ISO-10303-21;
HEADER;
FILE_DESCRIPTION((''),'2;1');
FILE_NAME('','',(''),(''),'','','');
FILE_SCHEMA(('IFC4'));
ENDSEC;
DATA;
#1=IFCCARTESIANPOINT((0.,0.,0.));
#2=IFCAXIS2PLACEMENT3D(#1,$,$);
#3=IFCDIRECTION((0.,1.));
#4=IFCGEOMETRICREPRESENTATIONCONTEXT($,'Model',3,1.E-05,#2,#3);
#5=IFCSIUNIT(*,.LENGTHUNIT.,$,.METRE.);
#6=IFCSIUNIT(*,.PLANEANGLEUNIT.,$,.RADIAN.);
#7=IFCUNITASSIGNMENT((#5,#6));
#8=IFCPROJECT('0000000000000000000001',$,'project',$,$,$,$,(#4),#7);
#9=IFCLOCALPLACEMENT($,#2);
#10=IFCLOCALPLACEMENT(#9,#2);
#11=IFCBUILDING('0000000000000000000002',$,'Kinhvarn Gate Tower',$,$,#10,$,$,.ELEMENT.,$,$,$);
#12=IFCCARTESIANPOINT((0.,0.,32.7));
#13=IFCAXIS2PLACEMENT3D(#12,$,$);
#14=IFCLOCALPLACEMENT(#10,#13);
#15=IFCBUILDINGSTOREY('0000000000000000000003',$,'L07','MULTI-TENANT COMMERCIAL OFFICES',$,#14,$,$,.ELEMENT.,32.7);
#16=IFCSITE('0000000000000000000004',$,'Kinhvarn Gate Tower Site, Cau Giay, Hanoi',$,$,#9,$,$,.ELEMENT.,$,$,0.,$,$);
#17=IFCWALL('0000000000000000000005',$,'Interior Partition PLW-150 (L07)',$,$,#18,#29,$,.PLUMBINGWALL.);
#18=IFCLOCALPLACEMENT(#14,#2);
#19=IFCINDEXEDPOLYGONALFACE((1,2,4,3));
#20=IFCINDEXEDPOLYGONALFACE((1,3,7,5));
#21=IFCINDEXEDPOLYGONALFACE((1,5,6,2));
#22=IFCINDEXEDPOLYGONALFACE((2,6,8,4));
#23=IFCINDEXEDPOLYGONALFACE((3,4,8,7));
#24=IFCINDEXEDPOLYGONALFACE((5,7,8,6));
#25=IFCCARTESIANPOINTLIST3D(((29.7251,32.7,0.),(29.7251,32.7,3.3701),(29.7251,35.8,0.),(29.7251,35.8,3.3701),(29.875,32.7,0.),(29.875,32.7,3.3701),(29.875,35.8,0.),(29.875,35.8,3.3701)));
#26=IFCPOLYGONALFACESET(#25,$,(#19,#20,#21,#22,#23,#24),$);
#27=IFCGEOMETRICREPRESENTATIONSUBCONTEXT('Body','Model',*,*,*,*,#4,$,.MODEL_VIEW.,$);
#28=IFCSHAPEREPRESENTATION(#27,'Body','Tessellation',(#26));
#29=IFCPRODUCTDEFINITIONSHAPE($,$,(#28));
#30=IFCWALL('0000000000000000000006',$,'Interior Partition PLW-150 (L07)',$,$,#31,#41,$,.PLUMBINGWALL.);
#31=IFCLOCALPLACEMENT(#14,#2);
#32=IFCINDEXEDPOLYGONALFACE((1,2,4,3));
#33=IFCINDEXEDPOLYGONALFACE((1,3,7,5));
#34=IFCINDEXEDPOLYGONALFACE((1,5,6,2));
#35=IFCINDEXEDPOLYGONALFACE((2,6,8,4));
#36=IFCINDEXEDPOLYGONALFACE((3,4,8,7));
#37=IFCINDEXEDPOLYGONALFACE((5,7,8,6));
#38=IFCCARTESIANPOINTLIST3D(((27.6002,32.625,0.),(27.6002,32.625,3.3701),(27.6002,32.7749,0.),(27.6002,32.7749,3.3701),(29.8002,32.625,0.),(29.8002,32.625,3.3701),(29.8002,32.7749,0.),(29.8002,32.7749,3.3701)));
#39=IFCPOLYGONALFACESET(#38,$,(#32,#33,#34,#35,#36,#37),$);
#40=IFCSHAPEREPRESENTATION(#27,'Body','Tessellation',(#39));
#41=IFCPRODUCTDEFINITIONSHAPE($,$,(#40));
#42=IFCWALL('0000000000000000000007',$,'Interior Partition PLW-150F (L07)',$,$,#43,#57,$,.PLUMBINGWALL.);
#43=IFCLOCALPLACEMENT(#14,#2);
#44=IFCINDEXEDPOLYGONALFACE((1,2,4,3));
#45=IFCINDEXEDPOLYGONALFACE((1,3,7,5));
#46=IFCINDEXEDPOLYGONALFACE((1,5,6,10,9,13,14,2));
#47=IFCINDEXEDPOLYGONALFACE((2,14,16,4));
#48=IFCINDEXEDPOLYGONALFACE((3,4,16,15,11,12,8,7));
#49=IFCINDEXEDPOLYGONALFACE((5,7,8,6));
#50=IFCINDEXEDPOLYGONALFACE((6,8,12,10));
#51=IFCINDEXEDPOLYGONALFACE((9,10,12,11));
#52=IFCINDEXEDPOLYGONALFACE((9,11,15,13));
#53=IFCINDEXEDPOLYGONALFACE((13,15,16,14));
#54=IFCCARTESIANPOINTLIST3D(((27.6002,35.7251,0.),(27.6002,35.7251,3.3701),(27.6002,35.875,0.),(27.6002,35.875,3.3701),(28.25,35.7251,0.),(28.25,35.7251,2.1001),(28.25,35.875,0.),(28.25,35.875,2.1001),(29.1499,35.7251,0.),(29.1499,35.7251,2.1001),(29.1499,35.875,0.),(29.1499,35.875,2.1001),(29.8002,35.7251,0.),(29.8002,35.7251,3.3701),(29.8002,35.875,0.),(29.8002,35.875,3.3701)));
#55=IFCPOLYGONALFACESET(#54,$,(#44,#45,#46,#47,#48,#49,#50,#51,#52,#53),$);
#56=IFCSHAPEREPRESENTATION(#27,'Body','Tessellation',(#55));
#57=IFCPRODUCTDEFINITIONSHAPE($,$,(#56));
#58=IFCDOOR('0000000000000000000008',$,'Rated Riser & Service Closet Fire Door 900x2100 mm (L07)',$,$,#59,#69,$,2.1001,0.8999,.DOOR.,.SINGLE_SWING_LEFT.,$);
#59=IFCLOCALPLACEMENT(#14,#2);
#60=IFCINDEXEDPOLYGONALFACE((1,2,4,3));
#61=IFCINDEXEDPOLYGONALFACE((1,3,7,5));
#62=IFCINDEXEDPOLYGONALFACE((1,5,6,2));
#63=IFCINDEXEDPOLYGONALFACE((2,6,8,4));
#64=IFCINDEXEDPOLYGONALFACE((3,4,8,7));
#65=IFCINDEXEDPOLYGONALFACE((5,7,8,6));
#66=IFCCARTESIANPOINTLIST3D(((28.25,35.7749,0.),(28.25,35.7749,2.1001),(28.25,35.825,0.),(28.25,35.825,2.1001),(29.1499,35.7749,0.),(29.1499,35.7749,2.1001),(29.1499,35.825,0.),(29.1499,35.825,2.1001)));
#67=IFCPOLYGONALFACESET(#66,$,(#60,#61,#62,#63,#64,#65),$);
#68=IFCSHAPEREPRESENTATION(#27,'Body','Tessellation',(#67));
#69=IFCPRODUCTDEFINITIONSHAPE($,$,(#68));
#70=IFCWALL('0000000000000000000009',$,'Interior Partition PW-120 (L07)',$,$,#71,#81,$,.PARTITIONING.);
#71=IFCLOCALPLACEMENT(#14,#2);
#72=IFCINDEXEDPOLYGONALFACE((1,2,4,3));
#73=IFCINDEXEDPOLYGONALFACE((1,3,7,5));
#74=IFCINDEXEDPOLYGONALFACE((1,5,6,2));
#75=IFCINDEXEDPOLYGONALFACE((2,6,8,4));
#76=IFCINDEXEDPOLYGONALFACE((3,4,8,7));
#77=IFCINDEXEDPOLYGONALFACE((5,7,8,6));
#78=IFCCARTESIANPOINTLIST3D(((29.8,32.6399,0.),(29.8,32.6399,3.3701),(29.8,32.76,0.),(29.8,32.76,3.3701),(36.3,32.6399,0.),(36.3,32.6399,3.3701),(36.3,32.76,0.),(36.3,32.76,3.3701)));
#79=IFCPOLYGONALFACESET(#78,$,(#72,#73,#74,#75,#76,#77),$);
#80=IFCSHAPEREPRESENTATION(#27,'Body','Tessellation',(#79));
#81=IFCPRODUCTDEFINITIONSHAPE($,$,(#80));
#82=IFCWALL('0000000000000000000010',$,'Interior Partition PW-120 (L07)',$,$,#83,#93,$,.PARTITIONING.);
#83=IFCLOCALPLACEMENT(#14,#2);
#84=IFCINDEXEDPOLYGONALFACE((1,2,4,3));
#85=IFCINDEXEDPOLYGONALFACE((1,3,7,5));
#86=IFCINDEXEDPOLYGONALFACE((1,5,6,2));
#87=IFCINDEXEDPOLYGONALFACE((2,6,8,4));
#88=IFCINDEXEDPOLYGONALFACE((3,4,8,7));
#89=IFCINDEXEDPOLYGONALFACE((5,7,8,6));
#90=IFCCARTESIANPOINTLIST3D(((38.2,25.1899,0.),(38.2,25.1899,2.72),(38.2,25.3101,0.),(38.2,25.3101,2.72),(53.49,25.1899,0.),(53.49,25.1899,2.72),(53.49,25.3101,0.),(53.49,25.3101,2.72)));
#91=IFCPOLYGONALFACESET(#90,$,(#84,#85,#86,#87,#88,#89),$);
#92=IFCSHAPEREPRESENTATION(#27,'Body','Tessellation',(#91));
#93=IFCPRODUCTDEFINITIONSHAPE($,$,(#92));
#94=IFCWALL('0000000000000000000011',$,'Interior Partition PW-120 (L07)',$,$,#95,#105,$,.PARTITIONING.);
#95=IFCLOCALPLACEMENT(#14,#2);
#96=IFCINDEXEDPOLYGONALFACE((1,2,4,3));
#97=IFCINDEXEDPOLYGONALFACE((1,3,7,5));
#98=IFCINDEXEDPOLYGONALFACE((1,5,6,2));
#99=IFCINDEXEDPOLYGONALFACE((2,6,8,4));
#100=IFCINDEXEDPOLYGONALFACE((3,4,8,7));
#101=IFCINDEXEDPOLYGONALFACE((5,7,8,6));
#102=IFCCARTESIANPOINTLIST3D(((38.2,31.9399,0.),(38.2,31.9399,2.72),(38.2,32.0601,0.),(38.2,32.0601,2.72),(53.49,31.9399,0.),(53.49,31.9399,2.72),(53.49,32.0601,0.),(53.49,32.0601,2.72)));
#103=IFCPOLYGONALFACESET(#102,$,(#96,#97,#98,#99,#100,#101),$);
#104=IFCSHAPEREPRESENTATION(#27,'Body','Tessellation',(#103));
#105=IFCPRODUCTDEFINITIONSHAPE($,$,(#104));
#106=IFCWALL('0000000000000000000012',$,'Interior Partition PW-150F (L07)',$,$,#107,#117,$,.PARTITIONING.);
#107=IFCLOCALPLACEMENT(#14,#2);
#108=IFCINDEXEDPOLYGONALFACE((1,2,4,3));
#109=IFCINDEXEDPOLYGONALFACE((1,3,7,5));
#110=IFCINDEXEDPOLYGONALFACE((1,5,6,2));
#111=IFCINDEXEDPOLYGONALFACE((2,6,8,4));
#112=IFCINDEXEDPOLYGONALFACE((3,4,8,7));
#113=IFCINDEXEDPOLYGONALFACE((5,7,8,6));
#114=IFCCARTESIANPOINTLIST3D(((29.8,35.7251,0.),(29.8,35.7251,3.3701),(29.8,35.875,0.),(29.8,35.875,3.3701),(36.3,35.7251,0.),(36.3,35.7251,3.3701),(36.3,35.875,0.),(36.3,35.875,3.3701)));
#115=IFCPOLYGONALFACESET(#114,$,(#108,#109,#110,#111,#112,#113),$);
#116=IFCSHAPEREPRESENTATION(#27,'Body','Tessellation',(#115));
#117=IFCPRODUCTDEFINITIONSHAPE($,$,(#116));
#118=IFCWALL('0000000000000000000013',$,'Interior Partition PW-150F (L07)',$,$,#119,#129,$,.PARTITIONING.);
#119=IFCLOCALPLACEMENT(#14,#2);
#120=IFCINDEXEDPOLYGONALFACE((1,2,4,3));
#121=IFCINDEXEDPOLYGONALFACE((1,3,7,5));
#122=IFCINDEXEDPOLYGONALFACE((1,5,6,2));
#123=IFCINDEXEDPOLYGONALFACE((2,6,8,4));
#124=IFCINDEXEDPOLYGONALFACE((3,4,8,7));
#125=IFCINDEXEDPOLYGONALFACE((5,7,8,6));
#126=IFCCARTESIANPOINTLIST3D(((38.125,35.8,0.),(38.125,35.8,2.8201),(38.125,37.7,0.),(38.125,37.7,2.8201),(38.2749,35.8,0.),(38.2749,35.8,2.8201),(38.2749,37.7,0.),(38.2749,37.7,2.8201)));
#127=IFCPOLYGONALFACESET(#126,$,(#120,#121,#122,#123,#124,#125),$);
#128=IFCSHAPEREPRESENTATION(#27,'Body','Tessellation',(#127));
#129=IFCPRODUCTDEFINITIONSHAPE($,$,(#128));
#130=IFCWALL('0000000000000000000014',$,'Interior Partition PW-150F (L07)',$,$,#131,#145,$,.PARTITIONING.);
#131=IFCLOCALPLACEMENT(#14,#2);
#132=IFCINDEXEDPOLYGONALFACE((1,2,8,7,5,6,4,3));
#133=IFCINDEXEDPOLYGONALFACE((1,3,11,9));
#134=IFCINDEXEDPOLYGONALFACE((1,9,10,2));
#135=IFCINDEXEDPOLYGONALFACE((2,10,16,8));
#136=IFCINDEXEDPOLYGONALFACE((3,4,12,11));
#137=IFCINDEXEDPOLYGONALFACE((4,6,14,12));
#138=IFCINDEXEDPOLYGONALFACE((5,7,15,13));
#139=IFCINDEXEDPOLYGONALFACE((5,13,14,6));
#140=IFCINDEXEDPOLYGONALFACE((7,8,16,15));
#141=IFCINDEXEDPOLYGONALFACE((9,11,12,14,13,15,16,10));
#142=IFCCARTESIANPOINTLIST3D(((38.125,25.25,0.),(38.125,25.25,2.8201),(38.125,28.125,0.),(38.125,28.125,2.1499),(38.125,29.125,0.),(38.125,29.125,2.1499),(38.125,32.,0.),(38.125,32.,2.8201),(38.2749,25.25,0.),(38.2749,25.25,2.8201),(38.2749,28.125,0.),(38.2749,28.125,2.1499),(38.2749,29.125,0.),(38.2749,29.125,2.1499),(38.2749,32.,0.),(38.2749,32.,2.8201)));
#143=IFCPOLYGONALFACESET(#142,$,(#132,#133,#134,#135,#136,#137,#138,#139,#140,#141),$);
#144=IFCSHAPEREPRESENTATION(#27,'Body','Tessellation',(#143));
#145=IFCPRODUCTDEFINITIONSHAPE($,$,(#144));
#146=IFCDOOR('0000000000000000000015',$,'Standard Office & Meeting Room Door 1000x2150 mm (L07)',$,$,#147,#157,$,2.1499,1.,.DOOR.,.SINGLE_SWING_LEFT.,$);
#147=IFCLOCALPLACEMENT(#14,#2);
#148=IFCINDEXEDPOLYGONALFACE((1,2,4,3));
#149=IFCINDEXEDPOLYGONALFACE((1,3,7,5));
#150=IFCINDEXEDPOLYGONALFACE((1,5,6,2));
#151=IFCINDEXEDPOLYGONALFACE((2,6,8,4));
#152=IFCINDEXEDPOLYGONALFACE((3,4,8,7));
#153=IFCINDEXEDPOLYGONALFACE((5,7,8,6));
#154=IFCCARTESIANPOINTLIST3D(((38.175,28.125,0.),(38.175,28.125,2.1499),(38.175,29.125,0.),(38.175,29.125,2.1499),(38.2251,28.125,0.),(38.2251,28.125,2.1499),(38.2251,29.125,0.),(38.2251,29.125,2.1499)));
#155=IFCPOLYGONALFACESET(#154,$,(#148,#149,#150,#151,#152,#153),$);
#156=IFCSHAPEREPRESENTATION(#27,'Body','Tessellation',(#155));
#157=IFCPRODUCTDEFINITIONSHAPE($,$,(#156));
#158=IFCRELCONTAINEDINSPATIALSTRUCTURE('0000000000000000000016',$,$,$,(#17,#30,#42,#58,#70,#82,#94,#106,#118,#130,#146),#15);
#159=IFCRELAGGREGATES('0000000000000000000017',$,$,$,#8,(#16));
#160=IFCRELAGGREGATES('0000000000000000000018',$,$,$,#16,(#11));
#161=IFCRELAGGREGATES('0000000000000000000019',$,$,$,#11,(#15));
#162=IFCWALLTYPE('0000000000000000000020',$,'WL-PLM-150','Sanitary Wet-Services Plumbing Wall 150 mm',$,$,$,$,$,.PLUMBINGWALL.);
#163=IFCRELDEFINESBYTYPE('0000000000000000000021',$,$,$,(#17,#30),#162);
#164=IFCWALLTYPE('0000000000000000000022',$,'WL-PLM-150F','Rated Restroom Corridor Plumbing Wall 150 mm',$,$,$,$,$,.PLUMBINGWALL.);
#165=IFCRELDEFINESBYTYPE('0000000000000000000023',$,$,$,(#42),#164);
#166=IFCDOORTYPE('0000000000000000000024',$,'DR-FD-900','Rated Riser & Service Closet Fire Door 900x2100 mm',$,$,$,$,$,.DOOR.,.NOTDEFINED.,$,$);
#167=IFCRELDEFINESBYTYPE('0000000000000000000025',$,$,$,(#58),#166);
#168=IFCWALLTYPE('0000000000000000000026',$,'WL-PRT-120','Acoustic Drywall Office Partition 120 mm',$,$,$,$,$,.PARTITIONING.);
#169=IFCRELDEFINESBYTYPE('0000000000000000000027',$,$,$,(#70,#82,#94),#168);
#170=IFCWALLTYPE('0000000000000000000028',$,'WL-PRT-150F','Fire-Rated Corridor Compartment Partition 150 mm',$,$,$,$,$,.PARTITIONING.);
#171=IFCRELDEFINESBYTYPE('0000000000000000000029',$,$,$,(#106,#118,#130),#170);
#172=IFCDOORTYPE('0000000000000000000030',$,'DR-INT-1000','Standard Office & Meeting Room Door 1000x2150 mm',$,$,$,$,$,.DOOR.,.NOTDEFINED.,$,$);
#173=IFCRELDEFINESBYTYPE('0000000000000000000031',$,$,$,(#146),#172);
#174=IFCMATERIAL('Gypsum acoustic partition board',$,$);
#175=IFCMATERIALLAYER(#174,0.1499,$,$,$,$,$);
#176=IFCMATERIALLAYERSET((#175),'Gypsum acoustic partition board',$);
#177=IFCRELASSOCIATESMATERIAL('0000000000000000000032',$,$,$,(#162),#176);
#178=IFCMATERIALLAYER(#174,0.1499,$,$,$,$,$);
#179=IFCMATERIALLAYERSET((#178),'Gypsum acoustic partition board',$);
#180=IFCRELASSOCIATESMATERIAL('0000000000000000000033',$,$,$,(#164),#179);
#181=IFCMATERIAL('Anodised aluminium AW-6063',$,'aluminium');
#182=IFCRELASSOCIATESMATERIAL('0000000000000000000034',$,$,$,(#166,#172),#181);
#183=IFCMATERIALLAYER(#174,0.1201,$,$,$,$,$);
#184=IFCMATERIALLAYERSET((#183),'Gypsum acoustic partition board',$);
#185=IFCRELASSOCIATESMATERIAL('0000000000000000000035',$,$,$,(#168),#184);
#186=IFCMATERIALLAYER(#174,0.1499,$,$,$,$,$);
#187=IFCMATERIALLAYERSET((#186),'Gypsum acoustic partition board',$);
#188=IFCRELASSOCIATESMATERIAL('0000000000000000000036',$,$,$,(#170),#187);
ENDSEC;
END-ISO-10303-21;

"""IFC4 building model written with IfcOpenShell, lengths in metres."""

from ifc_helpers import new_model, si_unit, direction, frame, frame_2d, origin, place, context, subcontext, project, spatial, rectangle, extrude, material, layer, layer_set, type_object, element, fill, save


model = new_model("IFC4")

# Units and contexts
model_context = context("Model", 3, precision=1e-05, world=origin(), true_north=direction((0.0, 1.0)))
body_context = subcontext(model_context, "Body", "Model", "MODEL_VIEW")
ifc_project = project(units=[si_unit("LENGTHUNIT", "METRE"), si_unit("PLANEANGLEUNIT", "RADIAN")], contexts=[model_context])

# Site, building, storey
site_placement = place(None, origin())
site = spatial("IfcSite", under=ifc_project, at=site_placement, Name="Kinhvarn Gate Tower Site, Cau Giay, Hanoi", CompositionType="ELEMENT", RefElevation=0.0)
building_placement = place(site_placement, origin())
building = spatial("IfcBuilding", under=site, at=building_placement, Name="Kinhvarn Gate Tower", CompositionType="ELEMENT")
storey_placement = place(building_placement, frame((0.0, 0.0, 32.7)))
storey = spatial("IfcBuildingStorey", under=building, at=storey_placement, Name="L07", Description="MULTI-TENANT COMMERCIAL OFFICES", CompositionType="ELEMENT", Elevation=32.7)

# Walls
ifc_material_1 = material(Name="Gypsum acoustic partition board")
ifc_layer_1 = layer(ifc_material_1, 0.1499)
ifc_layer_set_1 = layer_set([ifc_layer_1], Name="Gypsum acoustic partition board")
wall_type_1 = type_object("IfcWallType", Name="WL-PLM-150", Description="Sanitary Wet-Services Plumbing Wall 150 mm", PredefinedType="PLUMBINGWALL", material=ifc_layer_set_1)
for number, where, z_axis, x_axis, name in (
    (1, (29.8, 32.7, 0.0), (0.0, 0.0, 1.0), (0.0, 1.0, 0.0), "Interior Partition PLW-150 (L07)"),
):
    element("IfcWall", number, at=place(storey_placement, frame(where, z_axis=z_axis, x_axis=x_axis)), inside=storey, type_object=wall_type_1, Name=name, PredefinedType="PLUMBINGWALL", context=body_context, shape_type="SweptSolid", body=[
        extrude(rectangle(XDim=3.1001, YDim=0.1499, at=frame_2d((1.55, 0.0))), origin(), (0.0, 0.0, 1.0), 3.3701),
    ])
wall_1_placement = place(storey_placement, frame((27.6001, 32.7, 0.0), z_axis=(0.0, 0.0, 1.0), x_axis=(1.0, 0.0, 0.0)))
element("IfcWall", 2, at=wall_1_placement, inside=storey, type_object=wall_type_1, Name="Interior Partition PLW-150 (L07)", PredefinedType="PLUMBINGWALL", context=body_context, shape_type="SweptSolid", body=[
    extrude(rectangle(XDim=2.2, YDim=0.1499, at=frame_2d((1.1001, 0.0))), origin(), (0.0, 0.0, 1.0), 3.3701),
])

# Wall, opening, door
ifc_layer_2 = layer(ifc_material_1, 0.1499)
ifc_layer_set_2 = layer_set([ifc_layer_2], Name="Gypsum acoustic partition board")
wall_type_2 = type_object("IfcWallType", Name="WL-PLM-150F", Description="Rated Restroom Corridor Plumbing Wall 150 mm", PredefinedType="PLUMBINGWALL", material=ifc_layer_set_2)
wall_2_placement = place(storey_placement, frame((27.6001, 35.8, 0.0), z_axis=(0.0, 0.0, 1.0), x_axis=(1.0, 0.0, 0.0)))
wall_2 = element("IfcWall", 3, at=wall_2_placement, inside=storey, type_object=wall_type_2, Name="Interior Partition PLW-150F (L07)", PredefinedType="PLUMBINGWALL", context=body_context, shape_type="SweptSolid", body=[
    extrude(rectangle(XDim=2.2, YDim=0.1499, at=frame_2d((1.1001, 0.0))), origin(), (0.0, 0.0, 1.0), 3.3701),
])
opening_1_placement = place(wall_2_placement, frame((0.6499, 0.0, 0.0)))
opening_1 = element("IfcOpeningElement", 4, at=opening_1_placement, cuts=wall_2, PredefinedType="OPENING", context=body_context, shape_type="SweptSolid", body=[
    extrude(rectangle(XDim=0.8999, YDim=2.1001, at=frame_2d((0.45, 1.05))), frame((0.0, 0.085, 0.0), z_axis=(0.0, -1.0, 0.0), x_axis=(1.0, 0.0, 0.0)), (0.0, 0.0, 1.0), 0.1699),
])
ifc_material_2 = material(Name="Anodised aluminium AW-6063", Category="aluminium")
door_type_1 = type_object("IfcDoorType", Name="DR-FD-900", Description="Rated Riser & Service Closet Fire Door 900x2100 mm", OperationType="NOTDEFINED", PredefinedType="DOOR", material=ifc_material_2)
door_1_placement = place(opening_1_placement, origin())
door_1 = element("IfcDoor", 5, at=door_1_placement, inside=storey, type_object=door_type_1, Name="Rated Riser & Service Closet Fire Door 900x2100 mm (L07)", OperationType="SINGLE_SWING_LEFT", OverallHeight=2.1001, OverallWidth=0.8999, PredefinedType="DOOR", context=body_context, shape_type="SweptSolid", body=[
    extrude(rectangle(XDim=0.8999, YDim=2.1001, at=frame_2d((0.45, 1.05))), frame((0.0, 0.0249, 0.0), z_axis=(0.0, -1.0, 0.0), x_axis=(1.0, 0.0, 0.0)), (0.0, 0.0, 1.0), 0.05),
])
fill(opening_1, door_1)

# Walls
ifc_layer_3 = layer(ifc_material_1, 0.1201)
ifc_layer_set_3 = layer_set([ifc_layer_3], Name="Gypsum acoustic partition board")
wall_type_3 = type_object("IfcWallType", Name="WL-PRT-120", Description="Acoustic Drywall Office Partition 120 mm", PredefinedType="PARTITIONING", material=ifc_layer_set_3)
wall_3_placement = place(storey_placement, frame((29.8, 32.7, 0.0), z_axis=(0.0, 0.0, 1.0), x_axis=(1.0, 0.0, 0.0)))
element("IfcWall", 6, at=wall_3_placement, inside=storey, type_object=wall_type_3, Name="Interior Partition PW-120 (L07)", PredefinedType="PARTITIONING", context=body_context, shape_type="SweptSolid", body=[
    extrude(rectangle(XDim=6.5, YDim=0.1201, at=frame_2d((3.25, 0.0))), origin(), (0.0, 0.0, 1.0), 3.3701),
])
for number, where, z_axis, x_axis, name in (
    (7, (38.2, 25.25, 0.0), (0.0, 0.0, 1.0), (1.0, 0.0, 0.0), "Interior Partition PW-120 (L07)"),
    (8, (38.2, 32.0, 0.0), (0.0, 0.0, 1.0), (1.0, 0.0, 0.0), "Interior Partition PW-120 (L07)"),
):
    element("IfcWall", number, at=place(storey_placement, frame(where, z_axis=z_axis, x_axis=x_axis)), inside=storey, type_object=wall_type_3, Name=name, PredefinedType="PARTITIONING", context=body_context, shape_type="SweptSolid", body=[
        extrude(rectangle(XDim=15.29, YDim=0.1201, at=frame_2d((7.645, 0.0))), origin(), (0.0, 0.0, 1.0), 2.72),
    ])
ifc_layer_4 = layer(ifc_material_1, 0.1499)
ifc_layer_set_4 = layer_set([ifc_layer_4], Name="Gypsum acoustic partition board")
wall_type_4 = type_object("IfcWallType", Name="WL-PRT-150F", Description="Fire-Rated Corridor Compartment Partition 150 mm", PredefinedType="PARTITIONING", material=ifc_layer_set_4)
wall_4_placement = place(storey_placement, frame((29.8, 35.8, 0.0), z_axis=(0.0, 0.0, 1.0), x_axis=(1.0, 0.0, 0.0)))
element("IfcWall", 9, at=wall_4_placement, inside=storey, type_object=wall_type_4, Name="Interior Partition PW-150F (L07)", PredefinedType="PARTITIONING", context=body_context, shape_type="SweptSolid", body=[
    extrude(rectangle(XDim=6.5, YDim=0.1499, at=frame_2d((3.25, 0.0))), origin(), (0.0, 0.0, 1.0), 3.3701),
])
wall_5_placement = place(storey_placement, frame((38.2, 35.8, 0.0), z_axis=(0.0, 0.0, 1.0), x_axis=(0.0, 1.0, 0.0)))
element("IfcWall", 10, at=wall_5_placement, inside=storey, type_object=wall_type_4, Name="Interior Partition PW-150F (L07)", PredefinedType="PARTITIONING", context=body_context, shape_type="SweptSolid", body=[
    extrude(rectangle(XDim=1.8999, YDim=0.1499, at=frame_2d((0.95, 0.0))), origin(), (0.0, 0.0, 1.0), 2.8201),
])

# Wall, opening, door
door_type_2 = type_object("IfcDoorType", Name="DR-INT-1000", Description="Standard Office & Meeting Room Door 1000x2150 mm", OperationType="NOTDEFINED", PredefinedType="DOOR", material=ifc_material_2)
wall_6_placement = place(storey_placement, frame((38.2, 25.25, 0.0), z_axis=(0.0, 0.0, 1.0), x_axis=(0.0, 1.0, 0.0)))
wall_6 = element("IfcWall", 11, at=wall_6_placement, inside=storey, type_object=wall_type_4, Name="Interior Partition PW-150F (L07)", PredefinedType="PARTITIONING", context=body_context, shape_type="SweptSolid", body=[
    extrude(rectangle(XDim=6.75, YDim=0.1499, at=frame_2d((3.375, 0.0))), origin(), (0.0, 0.0, 1.0), 2.8201),
])
opening_2_placement = place(wall_6_placement, frame((2.875, 0.0, 0.0)))
opening_2 = element("IfcOpeningElement", 12, at=opening_2_placement, cuts=wall_6, PredefinedType="OPENING", context=body_context, shape_type="SweptSolid", body=[
    extrude(rectangle(XDim=1.0, YDim=2.1499, at=frame_2d((0.5, 1.075))), frame((0.0, 0.085, 0.0), z_axis=(0.0, -1.0, 0.0), x_axis=(1.0, 0.0, 0.0)), (0.0, 0.0, 1.0), 0.1699),
])
door_2_placement = place(opening_2_placement, origin())
door_2 = element("IfcDoor", 13, at=door_2_placement, inside=storey, type_object=door_type_2, Name="Standard Office & Meeting Room Door 1000x2150 mm (L07)", OperationType="SINGLE_SWING_LEFT", OverallHeight=2.1499, OverallWidth=1.0, PredefinedType="DOOR", context=body_context, shape_type="SweptSolid", body=[
    extrude(rectangle(XDim=1.0, YDim=2.1499, at=frame_2d((0.5, 1.075))), frame((0.0, 0.0249, 0.0), z_axis=(0.0, -1.0, 0.0), x_axis=(1.0, 0.0, 0.0)), (0.0, 0.0, 1.0), 0.05),
])
fill(opening_2, door_2)

save(model, "model.ifc")
